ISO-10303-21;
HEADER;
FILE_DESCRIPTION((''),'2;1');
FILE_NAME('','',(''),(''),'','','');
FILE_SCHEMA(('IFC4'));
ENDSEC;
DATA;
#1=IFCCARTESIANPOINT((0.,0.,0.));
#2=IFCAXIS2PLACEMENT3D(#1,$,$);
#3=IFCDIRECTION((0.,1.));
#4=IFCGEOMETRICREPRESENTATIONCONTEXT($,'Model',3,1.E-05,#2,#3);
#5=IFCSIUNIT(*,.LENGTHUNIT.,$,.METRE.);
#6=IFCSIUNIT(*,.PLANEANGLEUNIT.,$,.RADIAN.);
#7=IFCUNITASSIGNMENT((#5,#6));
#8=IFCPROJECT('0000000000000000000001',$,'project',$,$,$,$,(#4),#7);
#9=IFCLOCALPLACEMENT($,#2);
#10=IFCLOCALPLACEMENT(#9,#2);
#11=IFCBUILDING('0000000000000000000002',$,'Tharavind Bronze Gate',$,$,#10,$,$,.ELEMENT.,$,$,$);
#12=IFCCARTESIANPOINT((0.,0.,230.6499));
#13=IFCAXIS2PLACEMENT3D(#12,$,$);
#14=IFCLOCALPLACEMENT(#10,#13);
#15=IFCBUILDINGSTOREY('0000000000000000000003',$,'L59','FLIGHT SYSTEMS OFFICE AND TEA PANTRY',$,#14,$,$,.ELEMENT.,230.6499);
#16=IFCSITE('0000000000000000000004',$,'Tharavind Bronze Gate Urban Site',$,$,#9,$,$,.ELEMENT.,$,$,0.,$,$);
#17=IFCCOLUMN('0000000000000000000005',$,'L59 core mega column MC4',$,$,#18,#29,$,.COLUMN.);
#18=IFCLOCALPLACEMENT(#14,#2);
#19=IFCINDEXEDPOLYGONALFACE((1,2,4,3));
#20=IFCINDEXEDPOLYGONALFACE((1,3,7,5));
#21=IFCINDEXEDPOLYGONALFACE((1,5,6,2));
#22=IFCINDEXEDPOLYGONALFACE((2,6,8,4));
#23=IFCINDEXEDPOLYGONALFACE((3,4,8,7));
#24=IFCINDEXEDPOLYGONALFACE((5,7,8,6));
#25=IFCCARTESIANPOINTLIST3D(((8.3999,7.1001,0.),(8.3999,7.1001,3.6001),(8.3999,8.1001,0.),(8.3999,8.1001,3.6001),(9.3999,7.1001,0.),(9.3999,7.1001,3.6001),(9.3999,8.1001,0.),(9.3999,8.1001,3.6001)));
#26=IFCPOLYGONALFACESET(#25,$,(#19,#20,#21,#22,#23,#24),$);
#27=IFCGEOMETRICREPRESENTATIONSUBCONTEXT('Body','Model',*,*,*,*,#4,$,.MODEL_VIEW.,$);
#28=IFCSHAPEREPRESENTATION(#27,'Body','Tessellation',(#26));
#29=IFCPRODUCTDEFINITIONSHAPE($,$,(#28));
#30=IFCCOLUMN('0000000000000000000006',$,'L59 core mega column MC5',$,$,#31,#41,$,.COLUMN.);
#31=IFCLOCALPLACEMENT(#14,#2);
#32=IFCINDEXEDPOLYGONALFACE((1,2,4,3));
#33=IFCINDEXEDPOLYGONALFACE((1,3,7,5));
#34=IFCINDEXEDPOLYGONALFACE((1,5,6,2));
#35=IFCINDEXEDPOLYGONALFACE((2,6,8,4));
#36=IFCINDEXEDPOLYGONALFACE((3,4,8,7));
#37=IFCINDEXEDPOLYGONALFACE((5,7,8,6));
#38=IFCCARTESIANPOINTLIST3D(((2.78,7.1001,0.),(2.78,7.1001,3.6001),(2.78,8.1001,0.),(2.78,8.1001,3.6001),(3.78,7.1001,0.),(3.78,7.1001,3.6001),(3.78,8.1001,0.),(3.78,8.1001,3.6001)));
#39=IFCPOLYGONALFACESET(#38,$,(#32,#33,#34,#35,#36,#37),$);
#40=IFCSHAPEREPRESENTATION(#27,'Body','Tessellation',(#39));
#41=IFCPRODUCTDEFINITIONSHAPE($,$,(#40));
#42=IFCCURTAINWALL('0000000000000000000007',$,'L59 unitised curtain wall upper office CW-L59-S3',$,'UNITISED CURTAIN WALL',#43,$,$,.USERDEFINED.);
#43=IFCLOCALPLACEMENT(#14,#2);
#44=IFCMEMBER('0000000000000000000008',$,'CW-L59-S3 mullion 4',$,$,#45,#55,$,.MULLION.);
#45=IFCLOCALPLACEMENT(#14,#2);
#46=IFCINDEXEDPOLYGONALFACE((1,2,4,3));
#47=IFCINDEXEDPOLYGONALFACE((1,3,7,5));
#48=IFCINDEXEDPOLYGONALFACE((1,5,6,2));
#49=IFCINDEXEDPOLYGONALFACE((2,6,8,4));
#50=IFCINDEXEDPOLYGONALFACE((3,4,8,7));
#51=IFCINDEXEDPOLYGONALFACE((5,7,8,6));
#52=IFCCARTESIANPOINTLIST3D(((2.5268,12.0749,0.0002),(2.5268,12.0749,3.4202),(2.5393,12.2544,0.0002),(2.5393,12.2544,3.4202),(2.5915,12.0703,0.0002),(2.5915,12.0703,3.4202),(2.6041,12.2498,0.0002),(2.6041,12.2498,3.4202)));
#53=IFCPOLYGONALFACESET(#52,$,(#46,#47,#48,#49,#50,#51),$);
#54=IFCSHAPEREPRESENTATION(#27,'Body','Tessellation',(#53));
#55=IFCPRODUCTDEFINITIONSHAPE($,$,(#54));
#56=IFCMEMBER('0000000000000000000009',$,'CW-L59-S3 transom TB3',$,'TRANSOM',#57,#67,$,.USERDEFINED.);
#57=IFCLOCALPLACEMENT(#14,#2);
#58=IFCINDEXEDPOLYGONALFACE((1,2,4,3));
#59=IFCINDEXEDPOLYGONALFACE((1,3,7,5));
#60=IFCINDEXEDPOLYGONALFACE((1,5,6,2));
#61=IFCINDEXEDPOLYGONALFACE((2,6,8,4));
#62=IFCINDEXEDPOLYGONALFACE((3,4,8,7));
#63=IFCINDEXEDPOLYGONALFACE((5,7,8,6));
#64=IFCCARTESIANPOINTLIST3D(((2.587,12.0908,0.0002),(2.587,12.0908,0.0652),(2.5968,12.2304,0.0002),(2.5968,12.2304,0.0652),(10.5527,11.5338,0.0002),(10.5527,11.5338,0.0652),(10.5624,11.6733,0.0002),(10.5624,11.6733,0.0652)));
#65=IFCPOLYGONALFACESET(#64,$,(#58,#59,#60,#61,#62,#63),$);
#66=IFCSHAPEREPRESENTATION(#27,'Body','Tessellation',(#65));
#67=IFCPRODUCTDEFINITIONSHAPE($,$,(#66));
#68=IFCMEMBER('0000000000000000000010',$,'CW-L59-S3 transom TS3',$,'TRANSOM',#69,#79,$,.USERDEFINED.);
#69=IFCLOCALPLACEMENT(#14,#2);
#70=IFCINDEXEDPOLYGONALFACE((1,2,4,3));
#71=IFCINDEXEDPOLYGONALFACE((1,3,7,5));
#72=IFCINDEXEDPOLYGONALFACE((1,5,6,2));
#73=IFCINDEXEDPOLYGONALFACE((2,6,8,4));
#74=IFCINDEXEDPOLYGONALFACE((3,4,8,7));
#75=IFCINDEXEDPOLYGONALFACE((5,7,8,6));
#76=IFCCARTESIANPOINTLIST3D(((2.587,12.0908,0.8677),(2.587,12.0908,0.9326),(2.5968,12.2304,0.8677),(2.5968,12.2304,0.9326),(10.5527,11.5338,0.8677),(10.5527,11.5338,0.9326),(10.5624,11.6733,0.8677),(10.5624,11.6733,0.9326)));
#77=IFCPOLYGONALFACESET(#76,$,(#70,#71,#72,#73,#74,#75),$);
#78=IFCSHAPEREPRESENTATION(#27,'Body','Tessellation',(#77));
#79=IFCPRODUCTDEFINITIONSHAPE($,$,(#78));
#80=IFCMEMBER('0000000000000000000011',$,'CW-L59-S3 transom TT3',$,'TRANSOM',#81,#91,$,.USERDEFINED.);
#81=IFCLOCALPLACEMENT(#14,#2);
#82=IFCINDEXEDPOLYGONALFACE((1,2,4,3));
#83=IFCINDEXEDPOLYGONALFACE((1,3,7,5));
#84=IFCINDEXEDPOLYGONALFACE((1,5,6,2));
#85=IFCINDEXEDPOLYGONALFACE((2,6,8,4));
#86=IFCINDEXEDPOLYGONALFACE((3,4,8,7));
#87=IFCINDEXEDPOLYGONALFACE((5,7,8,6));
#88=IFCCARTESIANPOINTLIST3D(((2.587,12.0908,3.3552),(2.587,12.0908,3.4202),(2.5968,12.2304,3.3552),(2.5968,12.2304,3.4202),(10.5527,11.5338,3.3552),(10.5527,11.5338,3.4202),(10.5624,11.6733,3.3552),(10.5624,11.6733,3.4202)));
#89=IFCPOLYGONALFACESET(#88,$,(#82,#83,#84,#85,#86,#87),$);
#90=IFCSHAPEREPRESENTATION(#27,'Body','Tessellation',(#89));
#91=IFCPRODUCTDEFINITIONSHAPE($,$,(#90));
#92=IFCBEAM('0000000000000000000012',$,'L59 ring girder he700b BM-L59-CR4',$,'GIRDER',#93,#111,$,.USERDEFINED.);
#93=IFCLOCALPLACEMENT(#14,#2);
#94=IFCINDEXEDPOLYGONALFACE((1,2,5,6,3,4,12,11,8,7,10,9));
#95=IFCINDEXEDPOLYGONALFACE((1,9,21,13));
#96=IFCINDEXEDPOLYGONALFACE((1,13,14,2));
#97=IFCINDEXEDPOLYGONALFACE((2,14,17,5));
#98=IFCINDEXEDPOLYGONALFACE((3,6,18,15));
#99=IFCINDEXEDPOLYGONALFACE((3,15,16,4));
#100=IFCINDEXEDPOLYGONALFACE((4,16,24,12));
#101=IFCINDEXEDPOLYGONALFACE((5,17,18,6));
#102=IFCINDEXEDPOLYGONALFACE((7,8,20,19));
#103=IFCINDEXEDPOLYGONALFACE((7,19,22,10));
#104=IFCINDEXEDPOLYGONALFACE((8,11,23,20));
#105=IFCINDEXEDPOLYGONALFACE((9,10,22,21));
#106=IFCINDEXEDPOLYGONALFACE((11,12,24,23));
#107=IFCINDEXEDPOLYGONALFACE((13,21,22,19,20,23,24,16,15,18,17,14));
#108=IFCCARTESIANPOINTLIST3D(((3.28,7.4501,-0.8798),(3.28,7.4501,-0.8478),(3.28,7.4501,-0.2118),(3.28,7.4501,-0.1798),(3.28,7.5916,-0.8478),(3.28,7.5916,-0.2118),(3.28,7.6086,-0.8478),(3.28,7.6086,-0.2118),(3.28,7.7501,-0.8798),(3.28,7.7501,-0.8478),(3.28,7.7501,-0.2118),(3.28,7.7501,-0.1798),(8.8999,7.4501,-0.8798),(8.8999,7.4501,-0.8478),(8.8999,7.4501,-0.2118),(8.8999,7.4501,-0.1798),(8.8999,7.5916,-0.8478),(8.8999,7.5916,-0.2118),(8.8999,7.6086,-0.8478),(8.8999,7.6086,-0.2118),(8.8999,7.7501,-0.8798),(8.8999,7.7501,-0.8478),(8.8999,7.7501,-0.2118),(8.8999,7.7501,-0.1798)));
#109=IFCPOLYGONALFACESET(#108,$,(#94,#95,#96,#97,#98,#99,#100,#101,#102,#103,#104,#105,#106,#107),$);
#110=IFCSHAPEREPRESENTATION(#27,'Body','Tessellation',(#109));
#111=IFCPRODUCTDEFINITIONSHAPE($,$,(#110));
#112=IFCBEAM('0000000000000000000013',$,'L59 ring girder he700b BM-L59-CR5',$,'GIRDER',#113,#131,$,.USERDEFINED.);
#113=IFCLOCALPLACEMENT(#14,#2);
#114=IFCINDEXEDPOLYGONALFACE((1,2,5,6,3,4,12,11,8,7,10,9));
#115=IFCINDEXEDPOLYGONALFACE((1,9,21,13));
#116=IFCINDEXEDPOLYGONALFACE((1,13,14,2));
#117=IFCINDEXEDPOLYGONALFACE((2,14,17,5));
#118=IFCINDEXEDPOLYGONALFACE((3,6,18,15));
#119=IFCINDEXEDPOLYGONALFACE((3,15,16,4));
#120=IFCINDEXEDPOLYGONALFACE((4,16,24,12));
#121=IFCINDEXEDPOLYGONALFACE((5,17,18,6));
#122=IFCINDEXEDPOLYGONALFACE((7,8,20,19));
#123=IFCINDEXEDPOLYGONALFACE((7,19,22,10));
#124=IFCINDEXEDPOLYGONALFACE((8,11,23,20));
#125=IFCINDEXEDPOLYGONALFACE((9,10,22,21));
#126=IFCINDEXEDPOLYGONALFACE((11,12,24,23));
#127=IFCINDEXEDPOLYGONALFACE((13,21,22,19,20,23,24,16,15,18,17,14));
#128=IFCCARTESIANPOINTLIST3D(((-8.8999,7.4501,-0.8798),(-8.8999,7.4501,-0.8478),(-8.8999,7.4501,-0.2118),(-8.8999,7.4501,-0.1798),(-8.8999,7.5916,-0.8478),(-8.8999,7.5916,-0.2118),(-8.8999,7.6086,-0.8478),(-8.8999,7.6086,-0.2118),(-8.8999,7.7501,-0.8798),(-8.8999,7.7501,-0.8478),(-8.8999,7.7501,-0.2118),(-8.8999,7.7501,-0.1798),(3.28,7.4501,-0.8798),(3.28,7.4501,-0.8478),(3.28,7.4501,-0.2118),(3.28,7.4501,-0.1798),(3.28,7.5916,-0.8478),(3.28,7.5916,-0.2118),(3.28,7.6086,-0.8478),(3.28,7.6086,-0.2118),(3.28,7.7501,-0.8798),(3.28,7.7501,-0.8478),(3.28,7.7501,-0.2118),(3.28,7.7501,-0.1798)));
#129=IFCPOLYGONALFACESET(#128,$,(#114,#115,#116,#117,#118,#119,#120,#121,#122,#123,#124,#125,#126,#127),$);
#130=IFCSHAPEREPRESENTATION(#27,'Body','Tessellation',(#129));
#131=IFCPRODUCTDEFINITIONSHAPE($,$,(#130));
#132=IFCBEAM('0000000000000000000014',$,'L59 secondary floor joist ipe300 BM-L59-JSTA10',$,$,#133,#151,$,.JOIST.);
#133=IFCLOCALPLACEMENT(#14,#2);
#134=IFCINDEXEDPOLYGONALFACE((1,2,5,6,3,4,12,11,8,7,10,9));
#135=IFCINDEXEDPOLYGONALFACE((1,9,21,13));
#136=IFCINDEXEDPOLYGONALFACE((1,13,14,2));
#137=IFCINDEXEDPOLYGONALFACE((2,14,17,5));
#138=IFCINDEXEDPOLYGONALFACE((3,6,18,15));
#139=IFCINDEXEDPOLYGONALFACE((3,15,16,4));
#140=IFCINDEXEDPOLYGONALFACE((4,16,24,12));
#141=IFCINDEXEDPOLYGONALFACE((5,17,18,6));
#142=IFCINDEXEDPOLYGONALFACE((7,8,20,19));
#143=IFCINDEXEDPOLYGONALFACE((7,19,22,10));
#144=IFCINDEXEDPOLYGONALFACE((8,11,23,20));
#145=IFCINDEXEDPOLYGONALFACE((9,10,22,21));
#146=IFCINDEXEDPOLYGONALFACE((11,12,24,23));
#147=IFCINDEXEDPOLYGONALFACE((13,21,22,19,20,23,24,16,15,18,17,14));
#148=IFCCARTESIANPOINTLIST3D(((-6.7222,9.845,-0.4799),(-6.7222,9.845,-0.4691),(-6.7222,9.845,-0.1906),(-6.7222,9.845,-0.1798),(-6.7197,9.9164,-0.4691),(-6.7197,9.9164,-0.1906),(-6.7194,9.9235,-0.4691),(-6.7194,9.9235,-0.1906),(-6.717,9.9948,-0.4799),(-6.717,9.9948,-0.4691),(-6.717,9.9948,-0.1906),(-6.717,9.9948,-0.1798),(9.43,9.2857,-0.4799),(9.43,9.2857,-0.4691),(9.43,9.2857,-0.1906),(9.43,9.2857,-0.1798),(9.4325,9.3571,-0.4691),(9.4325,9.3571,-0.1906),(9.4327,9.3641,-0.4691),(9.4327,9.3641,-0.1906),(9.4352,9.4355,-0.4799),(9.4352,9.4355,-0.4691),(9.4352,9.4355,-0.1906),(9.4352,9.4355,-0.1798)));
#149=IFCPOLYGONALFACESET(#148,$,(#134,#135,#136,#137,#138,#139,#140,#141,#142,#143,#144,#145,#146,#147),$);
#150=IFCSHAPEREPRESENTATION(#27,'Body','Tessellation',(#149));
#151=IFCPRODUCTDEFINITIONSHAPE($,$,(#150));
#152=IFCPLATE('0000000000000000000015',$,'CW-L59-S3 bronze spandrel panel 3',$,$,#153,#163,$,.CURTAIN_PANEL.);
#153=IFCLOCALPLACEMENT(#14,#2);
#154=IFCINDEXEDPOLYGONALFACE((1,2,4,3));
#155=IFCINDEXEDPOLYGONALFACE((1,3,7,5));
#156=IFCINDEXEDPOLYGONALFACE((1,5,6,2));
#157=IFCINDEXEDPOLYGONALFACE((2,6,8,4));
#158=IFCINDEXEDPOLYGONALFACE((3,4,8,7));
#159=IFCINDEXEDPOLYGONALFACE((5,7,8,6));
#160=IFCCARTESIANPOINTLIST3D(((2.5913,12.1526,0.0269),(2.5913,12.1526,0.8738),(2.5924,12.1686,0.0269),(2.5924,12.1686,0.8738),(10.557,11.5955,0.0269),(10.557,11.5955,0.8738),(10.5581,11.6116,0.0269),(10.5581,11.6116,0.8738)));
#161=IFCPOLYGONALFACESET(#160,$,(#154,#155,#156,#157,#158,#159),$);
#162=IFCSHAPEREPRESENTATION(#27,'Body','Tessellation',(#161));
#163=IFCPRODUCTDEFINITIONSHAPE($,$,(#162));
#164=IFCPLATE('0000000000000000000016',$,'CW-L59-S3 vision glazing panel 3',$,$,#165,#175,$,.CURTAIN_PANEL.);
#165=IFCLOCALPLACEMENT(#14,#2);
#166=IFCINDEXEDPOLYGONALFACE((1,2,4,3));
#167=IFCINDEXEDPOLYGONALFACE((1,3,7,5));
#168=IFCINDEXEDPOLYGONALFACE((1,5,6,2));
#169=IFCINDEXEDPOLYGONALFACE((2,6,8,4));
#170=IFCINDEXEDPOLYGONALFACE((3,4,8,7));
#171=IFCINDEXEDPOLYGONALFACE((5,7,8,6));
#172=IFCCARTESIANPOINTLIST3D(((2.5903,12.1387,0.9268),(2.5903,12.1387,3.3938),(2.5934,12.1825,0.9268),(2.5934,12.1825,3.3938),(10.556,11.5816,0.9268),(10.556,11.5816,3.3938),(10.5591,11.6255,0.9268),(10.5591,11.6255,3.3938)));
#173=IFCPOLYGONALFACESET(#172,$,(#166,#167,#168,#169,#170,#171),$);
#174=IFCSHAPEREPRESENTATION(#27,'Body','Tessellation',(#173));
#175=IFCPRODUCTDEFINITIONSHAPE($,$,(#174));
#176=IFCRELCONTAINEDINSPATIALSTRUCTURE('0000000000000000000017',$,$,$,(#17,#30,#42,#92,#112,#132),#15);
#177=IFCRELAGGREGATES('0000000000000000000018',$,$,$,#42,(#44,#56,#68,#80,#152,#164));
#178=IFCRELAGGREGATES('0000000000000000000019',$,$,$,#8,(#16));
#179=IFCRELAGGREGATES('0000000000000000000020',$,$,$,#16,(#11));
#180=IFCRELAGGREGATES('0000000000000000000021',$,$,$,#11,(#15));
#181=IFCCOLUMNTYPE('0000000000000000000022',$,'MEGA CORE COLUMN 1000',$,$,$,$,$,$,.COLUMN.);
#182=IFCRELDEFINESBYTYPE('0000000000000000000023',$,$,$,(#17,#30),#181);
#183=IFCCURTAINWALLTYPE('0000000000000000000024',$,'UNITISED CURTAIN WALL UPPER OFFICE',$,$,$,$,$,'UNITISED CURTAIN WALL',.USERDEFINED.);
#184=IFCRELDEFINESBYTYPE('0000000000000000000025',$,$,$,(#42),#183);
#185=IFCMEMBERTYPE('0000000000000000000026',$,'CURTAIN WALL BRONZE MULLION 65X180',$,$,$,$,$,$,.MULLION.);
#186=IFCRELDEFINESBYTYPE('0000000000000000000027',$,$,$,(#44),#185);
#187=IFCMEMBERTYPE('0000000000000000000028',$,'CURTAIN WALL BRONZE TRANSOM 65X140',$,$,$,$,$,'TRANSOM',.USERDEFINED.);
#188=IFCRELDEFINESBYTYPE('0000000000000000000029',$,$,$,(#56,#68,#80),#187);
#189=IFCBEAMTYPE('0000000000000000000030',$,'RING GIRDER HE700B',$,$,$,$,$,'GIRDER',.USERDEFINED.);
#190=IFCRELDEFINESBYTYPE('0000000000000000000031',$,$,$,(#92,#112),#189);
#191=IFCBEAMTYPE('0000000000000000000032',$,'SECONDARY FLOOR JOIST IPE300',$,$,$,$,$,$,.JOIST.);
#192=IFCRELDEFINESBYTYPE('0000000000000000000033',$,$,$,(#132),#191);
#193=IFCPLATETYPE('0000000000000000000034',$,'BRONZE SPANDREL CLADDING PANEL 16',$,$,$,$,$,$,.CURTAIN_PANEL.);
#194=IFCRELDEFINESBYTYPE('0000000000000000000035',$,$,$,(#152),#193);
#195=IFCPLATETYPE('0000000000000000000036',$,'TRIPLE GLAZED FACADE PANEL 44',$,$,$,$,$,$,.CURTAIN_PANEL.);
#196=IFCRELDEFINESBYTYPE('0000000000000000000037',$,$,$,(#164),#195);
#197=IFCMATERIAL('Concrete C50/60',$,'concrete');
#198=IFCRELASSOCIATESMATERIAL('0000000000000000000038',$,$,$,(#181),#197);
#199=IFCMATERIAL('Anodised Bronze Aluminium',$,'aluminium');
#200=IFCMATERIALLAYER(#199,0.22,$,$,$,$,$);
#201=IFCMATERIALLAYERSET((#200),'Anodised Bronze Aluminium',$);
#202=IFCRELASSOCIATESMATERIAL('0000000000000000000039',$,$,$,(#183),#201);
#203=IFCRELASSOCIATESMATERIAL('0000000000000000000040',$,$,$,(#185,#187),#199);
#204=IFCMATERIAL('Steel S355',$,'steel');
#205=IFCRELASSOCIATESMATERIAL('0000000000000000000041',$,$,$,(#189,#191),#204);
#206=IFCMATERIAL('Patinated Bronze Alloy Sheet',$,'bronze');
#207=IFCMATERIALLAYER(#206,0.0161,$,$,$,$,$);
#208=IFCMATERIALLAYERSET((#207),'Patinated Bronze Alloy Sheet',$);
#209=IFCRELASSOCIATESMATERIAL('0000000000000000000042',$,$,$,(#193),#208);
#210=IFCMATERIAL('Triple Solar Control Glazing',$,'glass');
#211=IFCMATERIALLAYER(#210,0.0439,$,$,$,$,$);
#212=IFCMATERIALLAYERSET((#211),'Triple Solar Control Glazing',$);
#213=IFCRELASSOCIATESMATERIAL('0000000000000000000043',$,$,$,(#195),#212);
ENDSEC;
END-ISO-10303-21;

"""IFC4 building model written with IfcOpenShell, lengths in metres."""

from ifc_helpers import new_model, si_unit, direction, frame, origin, origin_2d, place, context, subcontext, project, spatial, rectangle, i_section, extrude, material, layer, layer_set, material_profile, profile_set, type_object, element, aggregate, save


model = new_model("IFC4")

# Units and contexts
model_context = context("Model", 3, precision=1e-05, world=origin(), true_north=direction((0.0, 1.0)))
body_context = subcontext(model_context, "Body", "Model", "MODEL_VIEW")
ifc_project = project(units=[si_unit("LENGTHUNIT", "METRE"), si_unit("PLANEANGLEUNIT", "RADIAN")], contexts=[model_context])

# Site, building, storey
site_placement = place(None, origin())
site = spatial("IfcSite", under=ifc_project, at=site_placement, Name="Tharavind Bronze Gate Urban Site", CompositionType="ELEMENT", RefElevation=0.0)
building_placement = place(site_placement, origin())
building = spatial("IfcBuilding", under=site, at=building_placement, Name="Tharavind Bronze Gate", CompositionType="ELEMENT")
storey_placement = place(building_placement, frame((0.0, 0.0, 230.6499)))
storey = spatial("IfcBuildingStorey", under=building, at=storey_placement, Name="L59", Description="FLIGHT SYSTEMS OFFICE AND TEA PANTRY", CompositionType="ELEMENT", Elevation=230.6499)

# Columns
ifc_material_1 = material(Name="Concrete C50/60", Category="concrete")
ifc_material_profile_1 = material_profile(ifc_material_1, rectangle(XDim=1.0, YDim=1.0, at=origin_2d()), Name="RCCOL1000")
ifc_profile_set_1 = profile_set([ifc_material_profile_1], Name="Concrete C50/60")
column_type = type_object("IfcColumnType", Name="MEGA CORE COLUMN 1000", PredefinedType="COLUMN", material=ifc_profile_set_1)
for number, where, z_axis, x_axis, name in (
    (1, (8.8999, 7.6001, 0.0), (0.0, 0.0, 1.0), (1.0, 0.0, 0.0), "L59 core mega column MC4"),
    (2, (3.28, 7.6001, 0.0), (0.0, 0.0, 1.0), (1.0, 0.0, 0.0), "L59 core mega column MC5"),
):
    element("IfcColumn", number, at=place(storey_placement, frame(where, z_axis=z_axis, x_axis=x_axis)), inside=storey, type_object=column_type, Name=name, PredefinedType="COLUMN", context=body_context, shape_type="SweptSolid", body=[
        extrude(rectangle(XDim=1.0, YDim=1.0, at=origin_2d()), origin(), (0.0, 0.0, 1.0), 3.6001),
    ])

# Curtain wall, members
ifc_material_2 = material(Name="Anodised Bronze Aluminium", Category="aluminium")
ifc_layer_1 = layer(ifc_material_2, 0.22)
ifc_layer_set_1 = layer_set([ifc_layer_1], Name="Anodised Bronze Aluminium")
curtain_wall_type = type_object("IfcCurtainWallType", Name="UNITISED CURTAIN WALL UPPER OFFICE", ElementType="UNITISED CURTAIN WALL", PredefinedType="USERDEFINED", material=ifc_layer_set_1)
curtain_wall_placement = place(storey_placement, origin())
curtain_wall = element("IfcCurtainWall", 3, at=curtain_wall_placement, inside=storey, type_object=curtain_wall_type, Name="L59 unitised curtain wall upper office CW-L59-S3", ObjectType="UNITISED CURTAIN WALL", PredefinedType="USERDEFINED")
member_type_1 = type_object("IfcMemberType", Name="CURTAIN WALL BRONZE MULLION 65X180", PredefinedType="MULLION", material=ifc_material_2)
member_1_placement = place(storey_placement, frame((2.5654, 12.1624, 0.0002), z_axis=(0.0, 0.0, 1.0), x_axis=(-0.997564, 0.069758, 0.0)))
member_1 = element("IfcMember", 4, at=member_1_placement, type_object=member_type_1, Name="CW-L59-S3 mullion 4", PredefinedType="MULLION", context=body_context, shape_type="SweptSolid", body=[
    extrude(rectangle(XDim=0.0649, YDim=0.1799, at=origin_2d()), origin(), (0.0, 0.0, 1.0), 3.4199),
])
member_type_2 = type_object("IfcMemberType", Name="CURTAIN WALL BRONZE TRANSOM 65X140", ElementType="TRANSOM", PredefinedType="USERDEFINED", material=ifc_material_2)
member_2_placement = place(storey_placement, frame((6.5747, 11.8821, 0.0002), z_axis=(0.0, 0.0, 1.0), x_axis=(-0.997564, 0.069758, 0.0)))
member_2 = element("IfcMember", 5, at=member_2_placement, type_object=member_type_2, Name="CW-L59-S3 transom TB3", ObjectType="TRANSOM", PredefinedType="USERDEFINED", context=body_context, shape_type="SweptSolid", body=[
    extrude(rectangle(XDim=7.9851, YDim=0.1399, at=origin_2d()), origin(), (0.0, 0.0, 1.0), 0.0649),
])
member_3_placement = place(storey_placement, frame((6.5747, 11.8821, 0.8677), z_axis=(0.0, 0.0, 1.0), x_axis=(-0.997564, 0.069758, 0.0)))
member_3 = element("IfcMember", 6, at=member_3_placement, type_object=member_type_2, Name="CW-L59-S3 transom TS3", ObjectType="TRANSOM", PredefinedType="USERDEFINED", context=body_context, shape_type="SweptSolid", body=[
    extrude(rectangle(XDim=7.9851, YDim=0.1399, at=origin_2d()), origin(), (0.0, 0.0, 1.0), 0.0649),
])
member_4_placement = place(storey_placement, frame((6.5747, 11.8821, 3.3552), z_axis=(0.0, 0.0, 1.0), x_axis=(-0.997564, 0.069758, 0.0)))
member_4 = element("IfcMember", 7, at=member_4_placement, type_object=member_type_2, Name="CW-L59-S3 transom TT3", ObjectType="TRANSOM", PredefinedType="USERDEFINED", context=body_context, shape_type="SweptSolid", body=[
    extrude(rectangle(XDim=7.9851, YDim=0.1399, at=origin_2d()), origin(), (0.0, 0.0, 1.0), 0.0649),
])

# Beams
ifc_material_3 = material(Name="Steel S355", Category="steel")
ifc_material_profile_2 = material_profile(ifc_material_3, i_section(OverallWidth=0.3, OverallDepth=0.7, WebThickness=0.0171, FlangeThickness=0.032, at=origin_2d()), Name="HE700B")
ifc_profile_set_2 = profile_set([ifc_material_profile_2], Name="Steel S355")
beam_type_1 = type_object("IfcBeamType", Name="RING GIRDER HE700B", ElementType="GIRDER", PredefinedType="USERDEFINED", material=ifc_profile_set_2)
beam_1_placement = place(storey_placement, frame((8.8999, 7.6001, -0.5298), z_axis=(-1.0, 0.0, 0.0), x_axis=(0.0, -1.0, 0.0)))
element("IfcBeam", 8, at=beam_1_placement, inside=storey, type_object=beam_type_1, Name="L59 ring girder he700b BM-L59-CR4", ObjectType="GIRDER", PredefinedType="USERDEFINED", context=body_context, shape_type="SweptSolid", body=[
    extrude(i_section(OverallWidth=0.3, OverallDepth=0.7, WebThickness=0.0171, FlangeThickness=0.032, at=origin_2d()), origin(), (0.0, 0.0, 1.0), 5.6199),
])
beam_2_placement = place(storey_placement, frame((3.28, 7.6001, -0.5298), z_axis=(-1.0, 0.0, 0.0), x_axis=(0.0, -1.0, 0.0)))
element("IfcBeam", 9, at=beam_2_placement, inside=storey, type_object=beam_type_1, Name="L59 ring girder he700b BM-L59-CR5", ObjectType="GIRDER", PredefinedType="USERDEFINED", context=body_context, shape_type="SweptSolid", body=[
    extrude(i_section(OverallWidth=0.3, OverallDepth=0.7, WebThickness=0.0171, FlangeThickness=0.032, at=origin_2d()), origin(), (0.0, 0.0, 1.0), 12.1799),
])
ifc_material_profile_3 = material_profile(ifc_material_3, i_section(OverallWidth=0.1499, OverallDepth=0.3, WebThickness=0.0071, FlangeThickness=0.0107, at=origin_2d()), Name="IPE300")
ifc_profile_set_3 = profile_set([ifc_material_profile_3], Name="Steel S355")
beam_type_2 = type_object("IfcBeamType", Name="SECONDARY FLOOR JOIST IPE300", PredefinedType="JOIST", material=ifc_profile_set_3)
beam_3_placement = place(storey_placement, frame((9.4326, 9.3606, -0.3298), z_axis=(-0.999401, 0.034608, 0.0), x_axis=(-0.034608, -0.999401, 0.0)))
element("IfcBeam", 10, at=beam_3_placement, inside=storey, type_object=beam_type_2, Name="L59 secondary floor joist ipe300 BM-L59-JSTA10", PredefinedType="JOIST", context=body_context, shape_type="SweptSolid", body=[
    extrude(i_section(OverallWidth=0.1499, OverallDepth=0.3, WebThickness=0.0071, FlangeThickness=0.0107, at=origin_2d()), origin(), (0.0, 0.0, 1.0), 16.1619),
])

# Plates
ifc_material_4 = material(Name="Patinated Bronze Alloy Sheet", Category="bronze")
ifc_layer_2 = layer(ifc_material_4, 0.0161)
ifc_layer_set_2 = layer_set([ifc_layer_2], Name="Patinated Bronze Alloy Sheet")
plate_type_1 = type_object("IfcPlateType", Name="BRONZE SPANDREL CLADDING PANEL 16", PredefinedType="CURTAIN_PANEL", material=ifc_layer_set_2)
plate_1_placement = place(storey_placement, frame((6.5747, 11.8821, 0.0269), z_axis=(0.0, 0.0, 1.0), x_axis=(-0.997564, 0.069758, 0.0)))
plate_1 = element("IfcPlate", 11, at=plate_1_placement, type_object=plate_type_1, Name="CW-L59-S3 bronze spandrel panel 3", PredefinedType="CURTAIN_PANEL", context=body_context, shape_type="SweptSolid", body=[
    extrude(rectangle(XDim=7.9851, YDim=0.0161, at=origin_2d()), origin(), (0.0, 0.0, 1.0), 0.8469),
])
ifc_material_5 = material(Name="Triple Solar Control Glazing", Category="glass")
ifc_layer_3 = layer(ifc_material_5, 0.0439)
ifc_layer_set_3 = layer_set([ifc_layer_3], Name="Triple Solar Control Glazing")
plate_type_2 = type_object("IfcPlateType", Name="TRIPLE GLAZED FACADE PANEL 44", PredefinedType="CURTAIN_PANEL", material=ifc_layer_set_3)
plate_2_placement = place(storey_placement, frame((6.5747, 11.8821, 0.9268), z_axis=(0.0, 0.0, 1.0), x_axis=(-0.997564, 0.069758, 0.0)))
plate_2 = element("IfcPlate", 12, at=plate_2_placement, type_object=plate_type_2, Name="CW-L59-S3 vision glazing panel 3", PredefinedType="CURTAIN_PANEL", context=body_context, shape_type="SweptSolid", body=[
    extrude(rectangle(XDim=7.9851, YDim=0.0439, at=origin_2d()), origin(), (0.0, 0.0, 1.0), 2.467),
])
aggregate(curtain_wall, [member_1, member_2, member_3, member_4, plate_1, plate_2])

save(model, "model.ifc")
